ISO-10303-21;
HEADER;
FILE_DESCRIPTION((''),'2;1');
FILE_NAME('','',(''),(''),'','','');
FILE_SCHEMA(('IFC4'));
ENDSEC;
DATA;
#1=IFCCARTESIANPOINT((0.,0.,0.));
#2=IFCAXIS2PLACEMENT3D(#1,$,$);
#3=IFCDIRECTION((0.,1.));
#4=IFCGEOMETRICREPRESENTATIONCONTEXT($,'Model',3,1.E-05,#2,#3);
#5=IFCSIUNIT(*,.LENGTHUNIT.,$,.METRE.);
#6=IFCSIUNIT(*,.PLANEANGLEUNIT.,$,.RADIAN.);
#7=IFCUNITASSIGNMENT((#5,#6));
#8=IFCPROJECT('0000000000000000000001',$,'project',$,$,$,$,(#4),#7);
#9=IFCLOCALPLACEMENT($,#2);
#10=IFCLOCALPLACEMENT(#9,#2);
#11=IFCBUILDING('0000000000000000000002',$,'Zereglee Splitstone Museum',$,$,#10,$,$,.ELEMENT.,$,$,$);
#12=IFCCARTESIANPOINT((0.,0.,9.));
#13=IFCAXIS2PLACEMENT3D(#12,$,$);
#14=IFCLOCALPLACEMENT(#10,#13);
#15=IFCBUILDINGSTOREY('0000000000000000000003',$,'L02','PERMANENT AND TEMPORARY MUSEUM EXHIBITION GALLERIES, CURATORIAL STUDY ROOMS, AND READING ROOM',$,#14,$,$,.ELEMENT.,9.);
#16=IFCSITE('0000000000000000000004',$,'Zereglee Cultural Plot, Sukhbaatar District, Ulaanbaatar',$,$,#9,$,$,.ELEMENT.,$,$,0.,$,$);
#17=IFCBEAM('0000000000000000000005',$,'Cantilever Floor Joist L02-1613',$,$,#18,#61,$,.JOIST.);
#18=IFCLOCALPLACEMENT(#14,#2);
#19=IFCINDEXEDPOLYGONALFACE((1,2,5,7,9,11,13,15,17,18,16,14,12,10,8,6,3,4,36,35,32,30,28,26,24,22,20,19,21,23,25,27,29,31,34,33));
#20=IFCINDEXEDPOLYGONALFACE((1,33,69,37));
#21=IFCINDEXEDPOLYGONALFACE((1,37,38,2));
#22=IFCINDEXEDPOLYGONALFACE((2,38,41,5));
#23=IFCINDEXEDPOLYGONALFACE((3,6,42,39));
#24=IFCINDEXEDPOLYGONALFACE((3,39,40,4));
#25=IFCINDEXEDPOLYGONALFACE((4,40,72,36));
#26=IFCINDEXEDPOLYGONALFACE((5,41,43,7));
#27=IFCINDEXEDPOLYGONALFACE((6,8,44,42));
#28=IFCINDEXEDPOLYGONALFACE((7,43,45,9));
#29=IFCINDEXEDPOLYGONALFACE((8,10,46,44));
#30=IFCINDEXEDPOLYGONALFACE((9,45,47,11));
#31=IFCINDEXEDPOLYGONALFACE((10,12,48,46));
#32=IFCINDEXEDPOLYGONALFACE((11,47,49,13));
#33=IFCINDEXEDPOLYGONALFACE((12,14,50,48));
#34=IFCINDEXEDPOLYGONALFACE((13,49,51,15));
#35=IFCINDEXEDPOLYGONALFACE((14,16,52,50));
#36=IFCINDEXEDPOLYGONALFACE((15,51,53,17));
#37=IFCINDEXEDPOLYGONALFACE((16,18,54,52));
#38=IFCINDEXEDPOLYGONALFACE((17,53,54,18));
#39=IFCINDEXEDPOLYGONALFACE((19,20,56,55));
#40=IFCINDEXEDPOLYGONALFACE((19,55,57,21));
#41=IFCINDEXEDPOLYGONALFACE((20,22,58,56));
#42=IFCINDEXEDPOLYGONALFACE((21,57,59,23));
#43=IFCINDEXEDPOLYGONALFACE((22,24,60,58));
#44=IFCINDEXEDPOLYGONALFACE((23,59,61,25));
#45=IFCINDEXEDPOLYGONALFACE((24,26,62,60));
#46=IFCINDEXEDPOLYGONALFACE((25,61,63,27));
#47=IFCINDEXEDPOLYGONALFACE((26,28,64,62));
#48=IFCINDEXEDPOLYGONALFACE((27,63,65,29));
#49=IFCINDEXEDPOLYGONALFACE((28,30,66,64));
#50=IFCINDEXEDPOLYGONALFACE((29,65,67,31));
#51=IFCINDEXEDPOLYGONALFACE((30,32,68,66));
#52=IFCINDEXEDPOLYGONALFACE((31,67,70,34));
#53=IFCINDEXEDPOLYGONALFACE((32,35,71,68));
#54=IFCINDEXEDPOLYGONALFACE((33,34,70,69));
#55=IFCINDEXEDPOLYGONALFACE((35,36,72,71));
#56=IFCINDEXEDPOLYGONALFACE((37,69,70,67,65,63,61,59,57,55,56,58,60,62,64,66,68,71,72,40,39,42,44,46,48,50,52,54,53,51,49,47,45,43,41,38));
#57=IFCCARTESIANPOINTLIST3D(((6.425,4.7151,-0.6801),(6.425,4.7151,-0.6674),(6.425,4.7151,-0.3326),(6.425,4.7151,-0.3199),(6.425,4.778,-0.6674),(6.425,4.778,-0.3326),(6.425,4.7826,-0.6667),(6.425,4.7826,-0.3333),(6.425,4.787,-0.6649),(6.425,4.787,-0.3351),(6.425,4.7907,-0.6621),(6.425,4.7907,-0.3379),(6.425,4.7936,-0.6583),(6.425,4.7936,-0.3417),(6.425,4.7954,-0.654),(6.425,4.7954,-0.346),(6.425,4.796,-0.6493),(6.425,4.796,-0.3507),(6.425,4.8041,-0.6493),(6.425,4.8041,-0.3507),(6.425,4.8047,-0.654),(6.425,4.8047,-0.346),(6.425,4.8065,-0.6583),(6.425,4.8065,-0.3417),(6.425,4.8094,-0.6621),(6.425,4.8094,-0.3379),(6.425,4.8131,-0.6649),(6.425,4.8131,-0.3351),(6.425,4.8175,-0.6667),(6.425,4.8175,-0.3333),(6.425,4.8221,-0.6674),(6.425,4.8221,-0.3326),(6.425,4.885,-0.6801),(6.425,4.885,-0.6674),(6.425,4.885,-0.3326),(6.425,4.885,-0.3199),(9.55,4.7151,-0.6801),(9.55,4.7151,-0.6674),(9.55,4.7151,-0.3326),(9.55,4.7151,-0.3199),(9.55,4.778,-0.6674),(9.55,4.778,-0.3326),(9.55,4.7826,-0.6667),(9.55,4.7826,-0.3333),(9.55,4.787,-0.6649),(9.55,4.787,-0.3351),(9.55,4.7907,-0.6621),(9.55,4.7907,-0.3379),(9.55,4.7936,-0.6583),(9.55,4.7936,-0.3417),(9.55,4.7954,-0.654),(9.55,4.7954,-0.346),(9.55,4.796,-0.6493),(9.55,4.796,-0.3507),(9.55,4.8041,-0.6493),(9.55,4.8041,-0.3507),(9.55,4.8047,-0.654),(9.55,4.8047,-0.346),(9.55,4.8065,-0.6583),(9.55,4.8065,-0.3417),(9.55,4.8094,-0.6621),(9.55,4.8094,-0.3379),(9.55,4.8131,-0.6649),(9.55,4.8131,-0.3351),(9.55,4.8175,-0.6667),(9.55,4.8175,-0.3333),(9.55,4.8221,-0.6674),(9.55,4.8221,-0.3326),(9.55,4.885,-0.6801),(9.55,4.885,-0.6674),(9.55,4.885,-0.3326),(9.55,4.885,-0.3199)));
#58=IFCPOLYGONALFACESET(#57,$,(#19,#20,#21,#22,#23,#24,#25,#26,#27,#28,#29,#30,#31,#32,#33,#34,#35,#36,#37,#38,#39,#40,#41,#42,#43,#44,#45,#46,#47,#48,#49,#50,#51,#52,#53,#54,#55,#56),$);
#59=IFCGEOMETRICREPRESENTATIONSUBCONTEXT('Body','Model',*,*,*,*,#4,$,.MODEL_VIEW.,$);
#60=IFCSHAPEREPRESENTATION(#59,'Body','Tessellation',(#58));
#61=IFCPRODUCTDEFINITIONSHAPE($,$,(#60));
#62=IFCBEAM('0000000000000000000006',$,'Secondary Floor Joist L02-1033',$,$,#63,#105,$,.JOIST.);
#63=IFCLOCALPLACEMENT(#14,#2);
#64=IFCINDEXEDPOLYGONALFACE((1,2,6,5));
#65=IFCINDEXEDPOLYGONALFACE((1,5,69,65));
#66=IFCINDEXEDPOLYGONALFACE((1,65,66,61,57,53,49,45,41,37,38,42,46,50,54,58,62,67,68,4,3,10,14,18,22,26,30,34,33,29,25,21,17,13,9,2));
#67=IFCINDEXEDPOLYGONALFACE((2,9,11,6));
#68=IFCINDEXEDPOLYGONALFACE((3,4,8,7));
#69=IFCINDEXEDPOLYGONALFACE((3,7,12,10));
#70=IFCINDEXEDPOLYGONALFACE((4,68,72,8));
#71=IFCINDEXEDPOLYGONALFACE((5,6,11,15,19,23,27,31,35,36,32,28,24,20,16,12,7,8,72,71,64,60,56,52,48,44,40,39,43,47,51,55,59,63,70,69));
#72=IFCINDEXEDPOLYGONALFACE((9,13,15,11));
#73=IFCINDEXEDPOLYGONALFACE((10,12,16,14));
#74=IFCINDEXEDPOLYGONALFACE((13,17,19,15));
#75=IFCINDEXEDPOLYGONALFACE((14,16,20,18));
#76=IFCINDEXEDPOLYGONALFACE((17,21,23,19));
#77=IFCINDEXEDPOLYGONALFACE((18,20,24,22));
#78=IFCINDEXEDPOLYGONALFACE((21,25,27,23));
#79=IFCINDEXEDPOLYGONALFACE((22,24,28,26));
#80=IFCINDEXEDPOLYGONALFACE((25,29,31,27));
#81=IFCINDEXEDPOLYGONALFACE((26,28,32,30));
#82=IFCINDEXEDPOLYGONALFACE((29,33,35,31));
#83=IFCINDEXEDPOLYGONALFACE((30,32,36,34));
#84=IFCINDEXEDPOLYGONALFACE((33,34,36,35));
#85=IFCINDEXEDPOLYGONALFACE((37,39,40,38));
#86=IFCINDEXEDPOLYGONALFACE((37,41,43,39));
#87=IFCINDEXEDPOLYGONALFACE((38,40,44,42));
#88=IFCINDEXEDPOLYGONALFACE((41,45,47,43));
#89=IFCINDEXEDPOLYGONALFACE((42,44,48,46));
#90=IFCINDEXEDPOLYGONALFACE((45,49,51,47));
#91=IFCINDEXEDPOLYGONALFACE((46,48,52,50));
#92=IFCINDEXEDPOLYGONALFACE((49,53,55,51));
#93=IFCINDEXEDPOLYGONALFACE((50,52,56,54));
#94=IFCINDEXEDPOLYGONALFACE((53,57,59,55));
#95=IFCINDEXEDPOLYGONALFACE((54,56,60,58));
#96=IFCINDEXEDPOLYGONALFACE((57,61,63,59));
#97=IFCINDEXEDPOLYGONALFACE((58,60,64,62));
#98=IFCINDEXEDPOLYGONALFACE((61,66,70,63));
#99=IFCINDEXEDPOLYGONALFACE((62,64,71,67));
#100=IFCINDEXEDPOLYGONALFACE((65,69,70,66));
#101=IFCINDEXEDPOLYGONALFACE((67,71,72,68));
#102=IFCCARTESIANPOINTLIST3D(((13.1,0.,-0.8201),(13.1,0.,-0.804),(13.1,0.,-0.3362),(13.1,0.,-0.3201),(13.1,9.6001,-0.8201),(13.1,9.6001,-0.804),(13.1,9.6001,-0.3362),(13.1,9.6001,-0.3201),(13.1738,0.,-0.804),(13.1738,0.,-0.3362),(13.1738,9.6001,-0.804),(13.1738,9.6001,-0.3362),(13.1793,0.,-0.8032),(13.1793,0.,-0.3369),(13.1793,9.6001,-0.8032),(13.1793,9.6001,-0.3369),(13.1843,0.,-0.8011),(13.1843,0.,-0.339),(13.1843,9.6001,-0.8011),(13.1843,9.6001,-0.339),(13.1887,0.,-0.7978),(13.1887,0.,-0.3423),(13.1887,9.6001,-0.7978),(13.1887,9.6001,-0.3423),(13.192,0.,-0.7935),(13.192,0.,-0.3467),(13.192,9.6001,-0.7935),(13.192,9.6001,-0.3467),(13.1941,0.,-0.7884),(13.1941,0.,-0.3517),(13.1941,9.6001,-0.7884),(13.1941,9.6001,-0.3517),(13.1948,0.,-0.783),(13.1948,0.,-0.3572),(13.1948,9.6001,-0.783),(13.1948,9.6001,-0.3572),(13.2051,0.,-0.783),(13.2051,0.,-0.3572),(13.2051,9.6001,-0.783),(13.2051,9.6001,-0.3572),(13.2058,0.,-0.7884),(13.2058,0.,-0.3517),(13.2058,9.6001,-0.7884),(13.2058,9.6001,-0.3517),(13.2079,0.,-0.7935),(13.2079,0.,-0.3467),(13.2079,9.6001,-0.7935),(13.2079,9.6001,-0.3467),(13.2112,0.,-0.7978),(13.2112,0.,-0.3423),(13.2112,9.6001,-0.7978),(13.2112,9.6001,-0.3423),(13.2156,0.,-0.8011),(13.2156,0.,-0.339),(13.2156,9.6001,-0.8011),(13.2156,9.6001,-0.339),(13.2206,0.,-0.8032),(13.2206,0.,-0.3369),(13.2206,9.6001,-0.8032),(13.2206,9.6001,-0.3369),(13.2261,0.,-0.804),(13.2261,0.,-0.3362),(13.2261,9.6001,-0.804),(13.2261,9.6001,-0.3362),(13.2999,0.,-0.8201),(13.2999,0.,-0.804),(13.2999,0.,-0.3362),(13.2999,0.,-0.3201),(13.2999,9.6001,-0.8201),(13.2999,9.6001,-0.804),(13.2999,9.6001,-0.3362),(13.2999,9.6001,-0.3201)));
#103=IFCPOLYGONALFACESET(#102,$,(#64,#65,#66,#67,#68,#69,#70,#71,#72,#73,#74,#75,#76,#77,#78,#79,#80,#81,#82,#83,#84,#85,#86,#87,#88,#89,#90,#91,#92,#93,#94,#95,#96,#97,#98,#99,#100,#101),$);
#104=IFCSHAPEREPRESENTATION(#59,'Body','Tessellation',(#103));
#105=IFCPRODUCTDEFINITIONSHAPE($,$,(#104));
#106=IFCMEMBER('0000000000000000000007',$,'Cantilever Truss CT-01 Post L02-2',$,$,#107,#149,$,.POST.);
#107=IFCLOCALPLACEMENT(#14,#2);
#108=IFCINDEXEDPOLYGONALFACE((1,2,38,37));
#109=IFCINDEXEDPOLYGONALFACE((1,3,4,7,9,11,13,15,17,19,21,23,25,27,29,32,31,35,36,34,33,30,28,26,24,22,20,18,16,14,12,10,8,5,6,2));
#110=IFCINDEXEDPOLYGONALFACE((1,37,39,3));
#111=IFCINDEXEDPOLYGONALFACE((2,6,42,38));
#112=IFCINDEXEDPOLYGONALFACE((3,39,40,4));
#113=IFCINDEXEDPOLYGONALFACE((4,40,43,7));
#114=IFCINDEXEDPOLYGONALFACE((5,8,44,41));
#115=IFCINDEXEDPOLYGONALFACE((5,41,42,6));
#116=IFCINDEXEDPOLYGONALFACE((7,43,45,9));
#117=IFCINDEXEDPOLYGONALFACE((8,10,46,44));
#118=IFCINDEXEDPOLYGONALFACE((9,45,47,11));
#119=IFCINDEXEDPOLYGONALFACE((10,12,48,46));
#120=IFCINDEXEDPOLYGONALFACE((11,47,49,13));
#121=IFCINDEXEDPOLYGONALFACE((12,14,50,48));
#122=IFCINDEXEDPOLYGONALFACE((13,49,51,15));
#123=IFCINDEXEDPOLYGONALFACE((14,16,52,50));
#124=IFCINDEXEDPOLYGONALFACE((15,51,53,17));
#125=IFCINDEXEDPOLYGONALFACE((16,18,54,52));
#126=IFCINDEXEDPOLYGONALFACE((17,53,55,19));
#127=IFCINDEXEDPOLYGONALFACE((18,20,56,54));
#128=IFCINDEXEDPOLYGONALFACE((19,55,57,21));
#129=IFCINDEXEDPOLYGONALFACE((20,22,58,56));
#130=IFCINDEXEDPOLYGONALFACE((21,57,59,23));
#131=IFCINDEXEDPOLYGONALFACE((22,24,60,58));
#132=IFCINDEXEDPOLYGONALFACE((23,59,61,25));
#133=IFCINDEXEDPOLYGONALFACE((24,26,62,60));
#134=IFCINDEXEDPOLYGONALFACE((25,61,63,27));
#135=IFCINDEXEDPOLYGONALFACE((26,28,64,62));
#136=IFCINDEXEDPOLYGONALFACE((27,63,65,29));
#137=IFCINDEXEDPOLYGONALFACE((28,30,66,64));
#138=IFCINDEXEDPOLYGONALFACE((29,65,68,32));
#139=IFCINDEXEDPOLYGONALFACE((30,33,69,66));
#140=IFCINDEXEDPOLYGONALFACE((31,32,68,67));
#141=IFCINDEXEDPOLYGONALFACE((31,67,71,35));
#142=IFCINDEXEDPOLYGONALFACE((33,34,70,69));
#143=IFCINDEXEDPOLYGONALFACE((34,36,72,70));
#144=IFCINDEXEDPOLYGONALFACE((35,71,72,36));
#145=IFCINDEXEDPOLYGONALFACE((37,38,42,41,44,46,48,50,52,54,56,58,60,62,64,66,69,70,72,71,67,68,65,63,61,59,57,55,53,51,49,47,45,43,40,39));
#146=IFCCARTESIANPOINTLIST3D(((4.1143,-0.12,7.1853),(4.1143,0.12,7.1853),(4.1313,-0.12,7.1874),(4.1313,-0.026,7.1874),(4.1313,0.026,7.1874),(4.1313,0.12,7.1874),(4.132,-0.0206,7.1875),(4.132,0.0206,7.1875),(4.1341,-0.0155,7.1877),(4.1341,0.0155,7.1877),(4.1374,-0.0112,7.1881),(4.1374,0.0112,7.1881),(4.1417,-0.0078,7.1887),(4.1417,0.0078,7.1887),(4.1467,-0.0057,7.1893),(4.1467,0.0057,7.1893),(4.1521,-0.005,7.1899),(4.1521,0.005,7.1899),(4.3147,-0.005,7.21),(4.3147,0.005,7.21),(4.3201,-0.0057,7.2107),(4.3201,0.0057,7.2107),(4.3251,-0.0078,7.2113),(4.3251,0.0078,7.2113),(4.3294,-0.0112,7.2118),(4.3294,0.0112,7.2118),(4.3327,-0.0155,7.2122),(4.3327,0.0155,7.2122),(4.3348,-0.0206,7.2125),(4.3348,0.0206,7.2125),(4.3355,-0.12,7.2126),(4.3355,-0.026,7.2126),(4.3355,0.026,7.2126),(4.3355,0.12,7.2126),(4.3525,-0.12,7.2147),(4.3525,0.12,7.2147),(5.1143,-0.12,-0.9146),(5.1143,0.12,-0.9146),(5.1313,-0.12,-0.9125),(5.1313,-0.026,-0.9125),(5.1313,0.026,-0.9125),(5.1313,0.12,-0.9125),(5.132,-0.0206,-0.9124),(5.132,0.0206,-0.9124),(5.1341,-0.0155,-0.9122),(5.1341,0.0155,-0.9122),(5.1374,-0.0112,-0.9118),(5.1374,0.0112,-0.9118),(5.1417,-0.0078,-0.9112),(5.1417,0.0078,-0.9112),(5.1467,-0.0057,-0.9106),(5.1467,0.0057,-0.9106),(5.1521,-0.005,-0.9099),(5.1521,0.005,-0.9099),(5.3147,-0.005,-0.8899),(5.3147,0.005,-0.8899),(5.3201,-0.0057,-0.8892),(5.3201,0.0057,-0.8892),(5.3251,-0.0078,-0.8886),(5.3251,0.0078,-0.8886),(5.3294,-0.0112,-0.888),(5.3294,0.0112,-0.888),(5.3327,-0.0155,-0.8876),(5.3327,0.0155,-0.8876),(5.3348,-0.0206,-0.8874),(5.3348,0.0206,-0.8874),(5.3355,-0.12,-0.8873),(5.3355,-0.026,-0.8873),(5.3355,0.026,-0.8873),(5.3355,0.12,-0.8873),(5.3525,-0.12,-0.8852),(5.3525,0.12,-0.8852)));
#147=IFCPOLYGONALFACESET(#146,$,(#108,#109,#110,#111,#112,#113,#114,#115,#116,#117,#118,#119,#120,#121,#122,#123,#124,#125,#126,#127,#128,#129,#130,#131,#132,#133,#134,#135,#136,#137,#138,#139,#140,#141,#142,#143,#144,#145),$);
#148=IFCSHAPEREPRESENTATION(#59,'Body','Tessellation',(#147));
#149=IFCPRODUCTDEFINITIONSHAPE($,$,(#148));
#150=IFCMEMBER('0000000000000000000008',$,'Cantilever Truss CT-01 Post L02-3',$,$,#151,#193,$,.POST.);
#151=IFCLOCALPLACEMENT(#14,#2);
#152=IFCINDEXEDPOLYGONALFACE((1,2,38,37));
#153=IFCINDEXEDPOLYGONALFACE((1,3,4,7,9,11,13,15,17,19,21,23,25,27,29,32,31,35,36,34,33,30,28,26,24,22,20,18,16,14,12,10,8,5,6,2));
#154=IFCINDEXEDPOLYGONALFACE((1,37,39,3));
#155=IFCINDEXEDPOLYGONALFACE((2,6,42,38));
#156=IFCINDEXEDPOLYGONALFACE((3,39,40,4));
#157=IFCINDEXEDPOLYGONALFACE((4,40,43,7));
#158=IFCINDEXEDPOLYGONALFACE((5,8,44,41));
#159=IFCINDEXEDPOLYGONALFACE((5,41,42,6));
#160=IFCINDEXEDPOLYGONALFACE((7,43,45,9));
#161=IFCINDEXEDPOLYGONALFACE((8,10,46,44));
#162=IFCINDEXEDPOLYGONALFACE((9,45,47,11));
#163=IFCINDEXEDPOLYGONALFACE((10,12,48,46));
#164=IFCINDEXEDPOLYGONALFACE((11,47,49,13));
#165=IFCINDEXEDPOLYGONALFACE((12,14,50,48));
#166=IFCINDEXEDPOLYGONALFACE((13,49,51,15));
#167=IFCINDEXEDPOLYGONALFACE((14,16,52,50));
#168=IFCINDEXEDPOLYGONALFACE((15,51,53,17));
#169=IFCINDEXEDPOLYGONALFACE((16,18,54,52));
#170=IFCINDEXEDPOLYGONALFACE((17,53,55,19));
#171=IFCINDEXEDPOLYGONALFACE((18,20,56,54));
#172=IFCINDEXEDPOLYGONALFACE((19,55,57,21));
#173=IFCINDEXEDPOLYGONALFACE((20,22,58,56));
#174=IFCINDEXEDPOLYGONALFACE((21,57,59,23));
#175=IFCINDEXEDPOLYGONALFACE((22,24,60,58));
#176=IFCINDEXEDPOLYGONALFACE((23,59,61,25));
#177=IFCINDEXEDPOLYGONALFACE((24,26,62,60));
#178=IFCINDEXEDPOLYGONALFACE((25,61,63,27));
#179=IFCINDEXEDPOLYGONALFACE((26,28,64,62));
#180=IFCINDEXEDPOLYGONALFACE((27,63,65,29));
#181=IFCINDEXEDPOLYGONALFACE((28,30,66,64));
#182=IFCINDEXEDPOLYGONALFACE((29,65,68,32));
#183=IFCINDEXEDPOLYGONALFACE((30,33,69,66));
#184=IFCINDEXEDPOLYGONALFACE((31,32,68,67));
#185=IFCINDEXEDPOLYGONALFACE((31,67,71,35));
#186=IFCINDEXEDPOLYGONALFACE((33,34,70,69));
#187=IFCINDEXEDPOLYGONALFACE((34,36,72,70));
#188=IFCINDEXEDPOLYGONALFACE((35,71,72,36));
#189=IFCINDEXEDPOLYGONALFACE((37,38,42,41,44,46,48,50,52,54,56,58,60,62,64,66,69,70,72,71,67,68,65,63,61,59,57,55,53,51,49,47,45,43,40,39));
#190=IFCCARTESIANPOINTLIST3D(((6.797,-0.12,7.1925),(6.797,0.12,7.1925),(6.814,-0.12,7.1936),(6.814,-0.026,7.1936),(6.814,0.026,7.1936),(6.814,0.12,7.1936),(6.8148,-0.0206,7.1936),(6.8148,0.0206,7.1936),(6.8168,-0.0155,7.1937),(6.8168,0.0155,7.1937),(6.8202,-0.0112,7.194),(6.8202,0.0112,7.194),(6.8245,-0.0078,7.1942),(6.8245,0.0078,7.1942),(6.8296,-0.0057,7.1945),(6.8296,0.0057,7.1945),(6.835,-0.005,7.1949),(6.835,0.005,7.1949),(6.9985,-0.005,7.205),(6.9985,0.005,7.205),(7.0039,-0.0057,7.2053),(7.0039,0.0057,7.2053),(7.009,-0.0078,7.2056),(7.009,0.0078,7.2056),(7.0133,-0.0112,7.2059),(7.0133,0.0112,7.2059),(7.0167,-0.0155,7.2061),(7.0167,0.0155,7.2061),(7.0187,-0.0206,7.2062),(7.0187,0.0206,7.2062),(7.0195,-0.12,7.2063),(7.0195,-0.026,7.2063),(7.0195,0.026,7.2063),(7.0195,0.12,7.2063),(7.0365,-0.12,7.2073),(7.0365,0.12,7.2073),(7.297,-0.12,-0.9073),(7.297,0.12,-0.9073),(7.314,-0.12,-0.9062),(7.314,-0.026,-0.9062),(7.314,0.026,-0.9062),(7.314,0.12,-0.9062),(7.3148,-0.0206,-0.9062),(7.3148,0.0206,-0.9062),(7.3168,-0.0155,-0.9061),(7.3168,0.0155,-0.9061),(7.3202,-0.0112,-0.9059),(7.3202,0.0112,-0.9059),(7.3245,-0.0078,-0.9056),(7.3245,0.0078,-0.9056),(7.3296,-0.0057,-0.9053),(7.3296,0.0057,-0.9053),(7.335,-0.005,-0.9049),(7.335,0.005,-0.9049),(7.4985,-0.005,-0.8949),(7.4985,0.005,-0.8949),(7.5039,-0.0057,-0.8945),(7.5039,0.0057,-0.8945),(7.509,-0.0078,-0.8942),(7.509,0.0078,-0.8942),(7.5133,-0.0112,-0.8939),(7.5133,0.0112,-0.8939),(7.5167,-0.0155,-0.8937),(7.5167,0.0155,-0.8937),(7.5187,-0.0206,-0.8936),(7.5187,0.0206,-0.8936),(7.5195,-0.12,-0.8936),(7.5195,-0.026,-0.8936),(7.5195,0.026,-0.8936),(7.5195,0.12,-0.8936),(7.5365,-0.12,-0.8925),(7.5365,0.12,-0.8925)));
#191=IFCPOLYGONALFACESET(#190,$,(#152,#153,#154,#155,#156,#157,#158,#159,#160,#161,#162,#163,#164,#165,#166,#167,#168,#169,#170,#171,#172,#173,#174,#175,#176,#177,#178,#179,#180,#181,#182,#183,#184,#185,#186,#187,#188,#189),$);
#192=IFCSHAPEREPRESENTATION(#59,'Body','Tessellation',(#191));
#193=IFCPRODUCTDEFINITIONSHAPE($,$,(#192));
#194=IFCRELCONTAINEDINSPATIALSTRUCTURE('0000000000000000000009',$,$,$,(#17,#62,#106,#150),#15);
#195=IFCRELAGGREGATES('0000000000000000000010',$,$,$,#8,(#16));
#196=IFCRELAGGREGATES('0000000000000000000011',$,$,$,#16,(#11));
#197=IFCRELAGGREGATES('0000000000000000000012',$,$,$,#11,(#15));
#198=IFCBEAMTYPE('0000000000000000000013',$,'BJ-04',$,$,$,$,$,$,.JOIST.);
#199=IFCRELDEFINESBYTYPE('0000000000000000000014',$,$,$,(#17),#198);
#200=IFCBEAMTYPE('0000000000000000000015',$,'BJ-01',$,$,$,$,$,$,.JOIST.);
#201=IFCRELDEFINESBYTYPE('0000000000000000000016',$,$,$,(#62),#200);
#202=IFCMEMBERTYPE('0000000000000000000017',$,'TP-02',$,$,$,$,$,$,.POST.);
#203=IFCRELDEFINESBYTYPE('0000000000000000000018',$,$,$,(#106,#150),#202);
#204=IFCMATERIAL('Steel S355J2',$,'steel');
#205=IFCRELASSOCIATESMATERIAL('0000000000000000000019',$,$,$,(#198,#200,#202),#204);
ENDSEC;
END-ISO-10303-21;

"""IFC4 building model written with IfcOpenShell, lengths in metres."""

from ifc_helpers import new_model, si_unit, direction, frame, origin, origin_2d, place, context, subcontext, project, spatial, i_section, extrude, material, material_profile, profile_set, type_object, element, save


model = new_model("IFC4")

# Units and contexts
model_context = context("Model", 3, precision=1e-05, world=origin(), true_north=direction((0.0, 1.0)))
body_context = subcontext(model_context, "Body", "Model", "MODEL_VIEW")
ifc_project = project(units=[si_unit("LENGTHUNIT", "METRE"), si_unit("PLANEANGLEUNIT", "RADIAN")], contexts=[model_context])

# Site, building, storey
site_placement = place(None, origin())
site = spatial("IfcSite", under=ifc_project, at=site_placement, Name="Zereglee Cultural Plot, Sukhbaatar District, Ulaanbaatar", CompositionType="ELEMENT", RefElevation=0.0)
building_placement = place(site_placement, origin())
building = spatial("IfcBuilding", under=site, at=building_placement, Name="Zereglee Splitstone Museum", CompositionType="ELEMENT")
storey_placement = place(building_placement, frame((0.0, 0.0, 9.0)))
storey = spatial("IfcBuildingStorey", under=building, at=storey_placement, Name="L02", Description="PERMANENT AND TEMPORARY MUSEUM EXHIBITION GALLERIES, CURATORIAL STUDY ROOMS, AND READING ROOM", CompositionType="ELEMENT", Elevation=9.0)

# Beams
ifc_material_1 = material(Name="Steel S355J2", Category="steel")
ifc_material_profile_1 = material_profile(ifc_material_1, i_section(OverallWidth=0.1699, OverallDepth=0.3601, WebThickness=0.0081, FlangeThickness=0.0127, FilletRadius=0.0181, at=origin_2d()), Name="IPE 360")
ifc_profile_set_1 = profile_set([ifc_material_profile_1], Name="Steel S355J2")
beam_type_1 = type_object("IfcBeamType", Name="BJ-04", PredefinedType="JOIST", material=ifc_profile_set_1)
beam_1_placement = place(storey_placement, frame((6.425, 4.8, -0.5), z_axis=(1.0, 0.0, 0.0), x_axis=(0.0, 1.0, 0.0)))
element("IfcBeam", 1, at=beam_1_placement, inside=storey, type_object=beam_type_1, Name="Cantilever Floor Joist L02-1613", PredefinedType="JOIST", context=body_context, shape_type="SweptSolid", body=[
    extrude(i_section(OverallWidth=0.1699, OverallDepth=0.3601, WebThickness=0.0081, FlangeThickness=0.0127, FilletRadius=0.0181, at=origin_2d()), origin(), (0.0, 0.0, 1.0), 3.125),
])
ifc_material_profile_2 = material_profile(ifc_material_1, i_section(OverallWidth=0.2, OverallDepth=0.5, WebThickness=0.0103, FlangeThickness=0.0161, FilletRadius=0.021, at=origin_2d()), Name="IPE 500")
ifc_profile_set_2 = profile_set([ifc_material_profile_2], Name="Steel S355J2")
beam_type_2 = type_object("IfcBeamType", Name="BJ-01", PredefinedType="JOIST", material=ifc_profile_set_2)
beam_2_placement = place(storey_placement, frame((13.2, 0.0, -0.5701), z_axis=(0.0, 1.0, 0.0), x_axis=(-1.0, 0.0, 0.0)))
element("IfcBeam", 2, at=beam_2_placement, inside=storey, type_object=beam_type_2, Name="Secondary Floor Joist L02-1033", PredefinedType="JOIST", context=body_context, shape_type="SweptSolid", body=[
    extrude(i_section(OverallWidth=0.2, OverallDepth=0.5, WebThickness=0.0103, FlangeThickness=0.0161, FilletRadius=0.021, at=origin_2d()), origin(), (0.0, 0.0, 1.0), 9.6001),
])

# Members
ifc_material_profile_3 = material_profile(ifc_material_1, i_section(OverallWidth=0.24, OverallDepth=0.24, WebThickness=0.01, FlangeThickness=0.0171, FilletRadius=0.021, at=origin_2d()), Name="HE 240 B")
ifc_profile_set_3 = profile_set([ifc_material_profile_3], Name="Steel S355J2")
member_type_1 = type_object("IfcMemberType", Name="TP-02", PredefinedType="POST", material=ifc_profile_set_3)
member_1_placement = place(storey_placement, frame((5.2334, 0.0, -0.8999), z_axis=(-0.122529, 0.0, 0.992465), x_axis=(0.0, -1.0, 0.0)))
element("IfcMember", 3, at=member_1_placement, inside=storey, type_object=member_type_1, Name="Cantilever Truss CT-01 Post L02-2", PredefinedType="POST", context=body_context, shape_type="SweptSolid", body=[
    extrude(i_section(OverallWidth=0.24, OverallDepth=0.24, WebThickness=0.01, FlangeThickness=0.0171, FilletRadius=0.021, at=origin_2d()), origin(), (0.0, 0.0, 1.0), 8.1614),
])
member_2_placement = place(storey_placement, frame((7.4167, 0.0, -0.8999), z_axis=(-0.061612, 0.0, 0.9981), x_axis=(0.0, -1.0, 0.0)))
element("IfcMember", 4, at=member_2_placement, inside=storey, type_object=member_type_1, Name="Cantilever Truss CT-01 Post L02-3", PredefinedType="POST", context=body_context, shape_type="SweptSolid", body=[
    extrude(i_section(OverallWidth=0.24, OverallDepth=0.24, WebThickness=0.01, FlangeThickness=0.0171, FilletRadius=0.021, at=origin_2d()), origin(), (0.0, 0.0, 1.0), 8.1152),
])

save(model, "model.ifc")
